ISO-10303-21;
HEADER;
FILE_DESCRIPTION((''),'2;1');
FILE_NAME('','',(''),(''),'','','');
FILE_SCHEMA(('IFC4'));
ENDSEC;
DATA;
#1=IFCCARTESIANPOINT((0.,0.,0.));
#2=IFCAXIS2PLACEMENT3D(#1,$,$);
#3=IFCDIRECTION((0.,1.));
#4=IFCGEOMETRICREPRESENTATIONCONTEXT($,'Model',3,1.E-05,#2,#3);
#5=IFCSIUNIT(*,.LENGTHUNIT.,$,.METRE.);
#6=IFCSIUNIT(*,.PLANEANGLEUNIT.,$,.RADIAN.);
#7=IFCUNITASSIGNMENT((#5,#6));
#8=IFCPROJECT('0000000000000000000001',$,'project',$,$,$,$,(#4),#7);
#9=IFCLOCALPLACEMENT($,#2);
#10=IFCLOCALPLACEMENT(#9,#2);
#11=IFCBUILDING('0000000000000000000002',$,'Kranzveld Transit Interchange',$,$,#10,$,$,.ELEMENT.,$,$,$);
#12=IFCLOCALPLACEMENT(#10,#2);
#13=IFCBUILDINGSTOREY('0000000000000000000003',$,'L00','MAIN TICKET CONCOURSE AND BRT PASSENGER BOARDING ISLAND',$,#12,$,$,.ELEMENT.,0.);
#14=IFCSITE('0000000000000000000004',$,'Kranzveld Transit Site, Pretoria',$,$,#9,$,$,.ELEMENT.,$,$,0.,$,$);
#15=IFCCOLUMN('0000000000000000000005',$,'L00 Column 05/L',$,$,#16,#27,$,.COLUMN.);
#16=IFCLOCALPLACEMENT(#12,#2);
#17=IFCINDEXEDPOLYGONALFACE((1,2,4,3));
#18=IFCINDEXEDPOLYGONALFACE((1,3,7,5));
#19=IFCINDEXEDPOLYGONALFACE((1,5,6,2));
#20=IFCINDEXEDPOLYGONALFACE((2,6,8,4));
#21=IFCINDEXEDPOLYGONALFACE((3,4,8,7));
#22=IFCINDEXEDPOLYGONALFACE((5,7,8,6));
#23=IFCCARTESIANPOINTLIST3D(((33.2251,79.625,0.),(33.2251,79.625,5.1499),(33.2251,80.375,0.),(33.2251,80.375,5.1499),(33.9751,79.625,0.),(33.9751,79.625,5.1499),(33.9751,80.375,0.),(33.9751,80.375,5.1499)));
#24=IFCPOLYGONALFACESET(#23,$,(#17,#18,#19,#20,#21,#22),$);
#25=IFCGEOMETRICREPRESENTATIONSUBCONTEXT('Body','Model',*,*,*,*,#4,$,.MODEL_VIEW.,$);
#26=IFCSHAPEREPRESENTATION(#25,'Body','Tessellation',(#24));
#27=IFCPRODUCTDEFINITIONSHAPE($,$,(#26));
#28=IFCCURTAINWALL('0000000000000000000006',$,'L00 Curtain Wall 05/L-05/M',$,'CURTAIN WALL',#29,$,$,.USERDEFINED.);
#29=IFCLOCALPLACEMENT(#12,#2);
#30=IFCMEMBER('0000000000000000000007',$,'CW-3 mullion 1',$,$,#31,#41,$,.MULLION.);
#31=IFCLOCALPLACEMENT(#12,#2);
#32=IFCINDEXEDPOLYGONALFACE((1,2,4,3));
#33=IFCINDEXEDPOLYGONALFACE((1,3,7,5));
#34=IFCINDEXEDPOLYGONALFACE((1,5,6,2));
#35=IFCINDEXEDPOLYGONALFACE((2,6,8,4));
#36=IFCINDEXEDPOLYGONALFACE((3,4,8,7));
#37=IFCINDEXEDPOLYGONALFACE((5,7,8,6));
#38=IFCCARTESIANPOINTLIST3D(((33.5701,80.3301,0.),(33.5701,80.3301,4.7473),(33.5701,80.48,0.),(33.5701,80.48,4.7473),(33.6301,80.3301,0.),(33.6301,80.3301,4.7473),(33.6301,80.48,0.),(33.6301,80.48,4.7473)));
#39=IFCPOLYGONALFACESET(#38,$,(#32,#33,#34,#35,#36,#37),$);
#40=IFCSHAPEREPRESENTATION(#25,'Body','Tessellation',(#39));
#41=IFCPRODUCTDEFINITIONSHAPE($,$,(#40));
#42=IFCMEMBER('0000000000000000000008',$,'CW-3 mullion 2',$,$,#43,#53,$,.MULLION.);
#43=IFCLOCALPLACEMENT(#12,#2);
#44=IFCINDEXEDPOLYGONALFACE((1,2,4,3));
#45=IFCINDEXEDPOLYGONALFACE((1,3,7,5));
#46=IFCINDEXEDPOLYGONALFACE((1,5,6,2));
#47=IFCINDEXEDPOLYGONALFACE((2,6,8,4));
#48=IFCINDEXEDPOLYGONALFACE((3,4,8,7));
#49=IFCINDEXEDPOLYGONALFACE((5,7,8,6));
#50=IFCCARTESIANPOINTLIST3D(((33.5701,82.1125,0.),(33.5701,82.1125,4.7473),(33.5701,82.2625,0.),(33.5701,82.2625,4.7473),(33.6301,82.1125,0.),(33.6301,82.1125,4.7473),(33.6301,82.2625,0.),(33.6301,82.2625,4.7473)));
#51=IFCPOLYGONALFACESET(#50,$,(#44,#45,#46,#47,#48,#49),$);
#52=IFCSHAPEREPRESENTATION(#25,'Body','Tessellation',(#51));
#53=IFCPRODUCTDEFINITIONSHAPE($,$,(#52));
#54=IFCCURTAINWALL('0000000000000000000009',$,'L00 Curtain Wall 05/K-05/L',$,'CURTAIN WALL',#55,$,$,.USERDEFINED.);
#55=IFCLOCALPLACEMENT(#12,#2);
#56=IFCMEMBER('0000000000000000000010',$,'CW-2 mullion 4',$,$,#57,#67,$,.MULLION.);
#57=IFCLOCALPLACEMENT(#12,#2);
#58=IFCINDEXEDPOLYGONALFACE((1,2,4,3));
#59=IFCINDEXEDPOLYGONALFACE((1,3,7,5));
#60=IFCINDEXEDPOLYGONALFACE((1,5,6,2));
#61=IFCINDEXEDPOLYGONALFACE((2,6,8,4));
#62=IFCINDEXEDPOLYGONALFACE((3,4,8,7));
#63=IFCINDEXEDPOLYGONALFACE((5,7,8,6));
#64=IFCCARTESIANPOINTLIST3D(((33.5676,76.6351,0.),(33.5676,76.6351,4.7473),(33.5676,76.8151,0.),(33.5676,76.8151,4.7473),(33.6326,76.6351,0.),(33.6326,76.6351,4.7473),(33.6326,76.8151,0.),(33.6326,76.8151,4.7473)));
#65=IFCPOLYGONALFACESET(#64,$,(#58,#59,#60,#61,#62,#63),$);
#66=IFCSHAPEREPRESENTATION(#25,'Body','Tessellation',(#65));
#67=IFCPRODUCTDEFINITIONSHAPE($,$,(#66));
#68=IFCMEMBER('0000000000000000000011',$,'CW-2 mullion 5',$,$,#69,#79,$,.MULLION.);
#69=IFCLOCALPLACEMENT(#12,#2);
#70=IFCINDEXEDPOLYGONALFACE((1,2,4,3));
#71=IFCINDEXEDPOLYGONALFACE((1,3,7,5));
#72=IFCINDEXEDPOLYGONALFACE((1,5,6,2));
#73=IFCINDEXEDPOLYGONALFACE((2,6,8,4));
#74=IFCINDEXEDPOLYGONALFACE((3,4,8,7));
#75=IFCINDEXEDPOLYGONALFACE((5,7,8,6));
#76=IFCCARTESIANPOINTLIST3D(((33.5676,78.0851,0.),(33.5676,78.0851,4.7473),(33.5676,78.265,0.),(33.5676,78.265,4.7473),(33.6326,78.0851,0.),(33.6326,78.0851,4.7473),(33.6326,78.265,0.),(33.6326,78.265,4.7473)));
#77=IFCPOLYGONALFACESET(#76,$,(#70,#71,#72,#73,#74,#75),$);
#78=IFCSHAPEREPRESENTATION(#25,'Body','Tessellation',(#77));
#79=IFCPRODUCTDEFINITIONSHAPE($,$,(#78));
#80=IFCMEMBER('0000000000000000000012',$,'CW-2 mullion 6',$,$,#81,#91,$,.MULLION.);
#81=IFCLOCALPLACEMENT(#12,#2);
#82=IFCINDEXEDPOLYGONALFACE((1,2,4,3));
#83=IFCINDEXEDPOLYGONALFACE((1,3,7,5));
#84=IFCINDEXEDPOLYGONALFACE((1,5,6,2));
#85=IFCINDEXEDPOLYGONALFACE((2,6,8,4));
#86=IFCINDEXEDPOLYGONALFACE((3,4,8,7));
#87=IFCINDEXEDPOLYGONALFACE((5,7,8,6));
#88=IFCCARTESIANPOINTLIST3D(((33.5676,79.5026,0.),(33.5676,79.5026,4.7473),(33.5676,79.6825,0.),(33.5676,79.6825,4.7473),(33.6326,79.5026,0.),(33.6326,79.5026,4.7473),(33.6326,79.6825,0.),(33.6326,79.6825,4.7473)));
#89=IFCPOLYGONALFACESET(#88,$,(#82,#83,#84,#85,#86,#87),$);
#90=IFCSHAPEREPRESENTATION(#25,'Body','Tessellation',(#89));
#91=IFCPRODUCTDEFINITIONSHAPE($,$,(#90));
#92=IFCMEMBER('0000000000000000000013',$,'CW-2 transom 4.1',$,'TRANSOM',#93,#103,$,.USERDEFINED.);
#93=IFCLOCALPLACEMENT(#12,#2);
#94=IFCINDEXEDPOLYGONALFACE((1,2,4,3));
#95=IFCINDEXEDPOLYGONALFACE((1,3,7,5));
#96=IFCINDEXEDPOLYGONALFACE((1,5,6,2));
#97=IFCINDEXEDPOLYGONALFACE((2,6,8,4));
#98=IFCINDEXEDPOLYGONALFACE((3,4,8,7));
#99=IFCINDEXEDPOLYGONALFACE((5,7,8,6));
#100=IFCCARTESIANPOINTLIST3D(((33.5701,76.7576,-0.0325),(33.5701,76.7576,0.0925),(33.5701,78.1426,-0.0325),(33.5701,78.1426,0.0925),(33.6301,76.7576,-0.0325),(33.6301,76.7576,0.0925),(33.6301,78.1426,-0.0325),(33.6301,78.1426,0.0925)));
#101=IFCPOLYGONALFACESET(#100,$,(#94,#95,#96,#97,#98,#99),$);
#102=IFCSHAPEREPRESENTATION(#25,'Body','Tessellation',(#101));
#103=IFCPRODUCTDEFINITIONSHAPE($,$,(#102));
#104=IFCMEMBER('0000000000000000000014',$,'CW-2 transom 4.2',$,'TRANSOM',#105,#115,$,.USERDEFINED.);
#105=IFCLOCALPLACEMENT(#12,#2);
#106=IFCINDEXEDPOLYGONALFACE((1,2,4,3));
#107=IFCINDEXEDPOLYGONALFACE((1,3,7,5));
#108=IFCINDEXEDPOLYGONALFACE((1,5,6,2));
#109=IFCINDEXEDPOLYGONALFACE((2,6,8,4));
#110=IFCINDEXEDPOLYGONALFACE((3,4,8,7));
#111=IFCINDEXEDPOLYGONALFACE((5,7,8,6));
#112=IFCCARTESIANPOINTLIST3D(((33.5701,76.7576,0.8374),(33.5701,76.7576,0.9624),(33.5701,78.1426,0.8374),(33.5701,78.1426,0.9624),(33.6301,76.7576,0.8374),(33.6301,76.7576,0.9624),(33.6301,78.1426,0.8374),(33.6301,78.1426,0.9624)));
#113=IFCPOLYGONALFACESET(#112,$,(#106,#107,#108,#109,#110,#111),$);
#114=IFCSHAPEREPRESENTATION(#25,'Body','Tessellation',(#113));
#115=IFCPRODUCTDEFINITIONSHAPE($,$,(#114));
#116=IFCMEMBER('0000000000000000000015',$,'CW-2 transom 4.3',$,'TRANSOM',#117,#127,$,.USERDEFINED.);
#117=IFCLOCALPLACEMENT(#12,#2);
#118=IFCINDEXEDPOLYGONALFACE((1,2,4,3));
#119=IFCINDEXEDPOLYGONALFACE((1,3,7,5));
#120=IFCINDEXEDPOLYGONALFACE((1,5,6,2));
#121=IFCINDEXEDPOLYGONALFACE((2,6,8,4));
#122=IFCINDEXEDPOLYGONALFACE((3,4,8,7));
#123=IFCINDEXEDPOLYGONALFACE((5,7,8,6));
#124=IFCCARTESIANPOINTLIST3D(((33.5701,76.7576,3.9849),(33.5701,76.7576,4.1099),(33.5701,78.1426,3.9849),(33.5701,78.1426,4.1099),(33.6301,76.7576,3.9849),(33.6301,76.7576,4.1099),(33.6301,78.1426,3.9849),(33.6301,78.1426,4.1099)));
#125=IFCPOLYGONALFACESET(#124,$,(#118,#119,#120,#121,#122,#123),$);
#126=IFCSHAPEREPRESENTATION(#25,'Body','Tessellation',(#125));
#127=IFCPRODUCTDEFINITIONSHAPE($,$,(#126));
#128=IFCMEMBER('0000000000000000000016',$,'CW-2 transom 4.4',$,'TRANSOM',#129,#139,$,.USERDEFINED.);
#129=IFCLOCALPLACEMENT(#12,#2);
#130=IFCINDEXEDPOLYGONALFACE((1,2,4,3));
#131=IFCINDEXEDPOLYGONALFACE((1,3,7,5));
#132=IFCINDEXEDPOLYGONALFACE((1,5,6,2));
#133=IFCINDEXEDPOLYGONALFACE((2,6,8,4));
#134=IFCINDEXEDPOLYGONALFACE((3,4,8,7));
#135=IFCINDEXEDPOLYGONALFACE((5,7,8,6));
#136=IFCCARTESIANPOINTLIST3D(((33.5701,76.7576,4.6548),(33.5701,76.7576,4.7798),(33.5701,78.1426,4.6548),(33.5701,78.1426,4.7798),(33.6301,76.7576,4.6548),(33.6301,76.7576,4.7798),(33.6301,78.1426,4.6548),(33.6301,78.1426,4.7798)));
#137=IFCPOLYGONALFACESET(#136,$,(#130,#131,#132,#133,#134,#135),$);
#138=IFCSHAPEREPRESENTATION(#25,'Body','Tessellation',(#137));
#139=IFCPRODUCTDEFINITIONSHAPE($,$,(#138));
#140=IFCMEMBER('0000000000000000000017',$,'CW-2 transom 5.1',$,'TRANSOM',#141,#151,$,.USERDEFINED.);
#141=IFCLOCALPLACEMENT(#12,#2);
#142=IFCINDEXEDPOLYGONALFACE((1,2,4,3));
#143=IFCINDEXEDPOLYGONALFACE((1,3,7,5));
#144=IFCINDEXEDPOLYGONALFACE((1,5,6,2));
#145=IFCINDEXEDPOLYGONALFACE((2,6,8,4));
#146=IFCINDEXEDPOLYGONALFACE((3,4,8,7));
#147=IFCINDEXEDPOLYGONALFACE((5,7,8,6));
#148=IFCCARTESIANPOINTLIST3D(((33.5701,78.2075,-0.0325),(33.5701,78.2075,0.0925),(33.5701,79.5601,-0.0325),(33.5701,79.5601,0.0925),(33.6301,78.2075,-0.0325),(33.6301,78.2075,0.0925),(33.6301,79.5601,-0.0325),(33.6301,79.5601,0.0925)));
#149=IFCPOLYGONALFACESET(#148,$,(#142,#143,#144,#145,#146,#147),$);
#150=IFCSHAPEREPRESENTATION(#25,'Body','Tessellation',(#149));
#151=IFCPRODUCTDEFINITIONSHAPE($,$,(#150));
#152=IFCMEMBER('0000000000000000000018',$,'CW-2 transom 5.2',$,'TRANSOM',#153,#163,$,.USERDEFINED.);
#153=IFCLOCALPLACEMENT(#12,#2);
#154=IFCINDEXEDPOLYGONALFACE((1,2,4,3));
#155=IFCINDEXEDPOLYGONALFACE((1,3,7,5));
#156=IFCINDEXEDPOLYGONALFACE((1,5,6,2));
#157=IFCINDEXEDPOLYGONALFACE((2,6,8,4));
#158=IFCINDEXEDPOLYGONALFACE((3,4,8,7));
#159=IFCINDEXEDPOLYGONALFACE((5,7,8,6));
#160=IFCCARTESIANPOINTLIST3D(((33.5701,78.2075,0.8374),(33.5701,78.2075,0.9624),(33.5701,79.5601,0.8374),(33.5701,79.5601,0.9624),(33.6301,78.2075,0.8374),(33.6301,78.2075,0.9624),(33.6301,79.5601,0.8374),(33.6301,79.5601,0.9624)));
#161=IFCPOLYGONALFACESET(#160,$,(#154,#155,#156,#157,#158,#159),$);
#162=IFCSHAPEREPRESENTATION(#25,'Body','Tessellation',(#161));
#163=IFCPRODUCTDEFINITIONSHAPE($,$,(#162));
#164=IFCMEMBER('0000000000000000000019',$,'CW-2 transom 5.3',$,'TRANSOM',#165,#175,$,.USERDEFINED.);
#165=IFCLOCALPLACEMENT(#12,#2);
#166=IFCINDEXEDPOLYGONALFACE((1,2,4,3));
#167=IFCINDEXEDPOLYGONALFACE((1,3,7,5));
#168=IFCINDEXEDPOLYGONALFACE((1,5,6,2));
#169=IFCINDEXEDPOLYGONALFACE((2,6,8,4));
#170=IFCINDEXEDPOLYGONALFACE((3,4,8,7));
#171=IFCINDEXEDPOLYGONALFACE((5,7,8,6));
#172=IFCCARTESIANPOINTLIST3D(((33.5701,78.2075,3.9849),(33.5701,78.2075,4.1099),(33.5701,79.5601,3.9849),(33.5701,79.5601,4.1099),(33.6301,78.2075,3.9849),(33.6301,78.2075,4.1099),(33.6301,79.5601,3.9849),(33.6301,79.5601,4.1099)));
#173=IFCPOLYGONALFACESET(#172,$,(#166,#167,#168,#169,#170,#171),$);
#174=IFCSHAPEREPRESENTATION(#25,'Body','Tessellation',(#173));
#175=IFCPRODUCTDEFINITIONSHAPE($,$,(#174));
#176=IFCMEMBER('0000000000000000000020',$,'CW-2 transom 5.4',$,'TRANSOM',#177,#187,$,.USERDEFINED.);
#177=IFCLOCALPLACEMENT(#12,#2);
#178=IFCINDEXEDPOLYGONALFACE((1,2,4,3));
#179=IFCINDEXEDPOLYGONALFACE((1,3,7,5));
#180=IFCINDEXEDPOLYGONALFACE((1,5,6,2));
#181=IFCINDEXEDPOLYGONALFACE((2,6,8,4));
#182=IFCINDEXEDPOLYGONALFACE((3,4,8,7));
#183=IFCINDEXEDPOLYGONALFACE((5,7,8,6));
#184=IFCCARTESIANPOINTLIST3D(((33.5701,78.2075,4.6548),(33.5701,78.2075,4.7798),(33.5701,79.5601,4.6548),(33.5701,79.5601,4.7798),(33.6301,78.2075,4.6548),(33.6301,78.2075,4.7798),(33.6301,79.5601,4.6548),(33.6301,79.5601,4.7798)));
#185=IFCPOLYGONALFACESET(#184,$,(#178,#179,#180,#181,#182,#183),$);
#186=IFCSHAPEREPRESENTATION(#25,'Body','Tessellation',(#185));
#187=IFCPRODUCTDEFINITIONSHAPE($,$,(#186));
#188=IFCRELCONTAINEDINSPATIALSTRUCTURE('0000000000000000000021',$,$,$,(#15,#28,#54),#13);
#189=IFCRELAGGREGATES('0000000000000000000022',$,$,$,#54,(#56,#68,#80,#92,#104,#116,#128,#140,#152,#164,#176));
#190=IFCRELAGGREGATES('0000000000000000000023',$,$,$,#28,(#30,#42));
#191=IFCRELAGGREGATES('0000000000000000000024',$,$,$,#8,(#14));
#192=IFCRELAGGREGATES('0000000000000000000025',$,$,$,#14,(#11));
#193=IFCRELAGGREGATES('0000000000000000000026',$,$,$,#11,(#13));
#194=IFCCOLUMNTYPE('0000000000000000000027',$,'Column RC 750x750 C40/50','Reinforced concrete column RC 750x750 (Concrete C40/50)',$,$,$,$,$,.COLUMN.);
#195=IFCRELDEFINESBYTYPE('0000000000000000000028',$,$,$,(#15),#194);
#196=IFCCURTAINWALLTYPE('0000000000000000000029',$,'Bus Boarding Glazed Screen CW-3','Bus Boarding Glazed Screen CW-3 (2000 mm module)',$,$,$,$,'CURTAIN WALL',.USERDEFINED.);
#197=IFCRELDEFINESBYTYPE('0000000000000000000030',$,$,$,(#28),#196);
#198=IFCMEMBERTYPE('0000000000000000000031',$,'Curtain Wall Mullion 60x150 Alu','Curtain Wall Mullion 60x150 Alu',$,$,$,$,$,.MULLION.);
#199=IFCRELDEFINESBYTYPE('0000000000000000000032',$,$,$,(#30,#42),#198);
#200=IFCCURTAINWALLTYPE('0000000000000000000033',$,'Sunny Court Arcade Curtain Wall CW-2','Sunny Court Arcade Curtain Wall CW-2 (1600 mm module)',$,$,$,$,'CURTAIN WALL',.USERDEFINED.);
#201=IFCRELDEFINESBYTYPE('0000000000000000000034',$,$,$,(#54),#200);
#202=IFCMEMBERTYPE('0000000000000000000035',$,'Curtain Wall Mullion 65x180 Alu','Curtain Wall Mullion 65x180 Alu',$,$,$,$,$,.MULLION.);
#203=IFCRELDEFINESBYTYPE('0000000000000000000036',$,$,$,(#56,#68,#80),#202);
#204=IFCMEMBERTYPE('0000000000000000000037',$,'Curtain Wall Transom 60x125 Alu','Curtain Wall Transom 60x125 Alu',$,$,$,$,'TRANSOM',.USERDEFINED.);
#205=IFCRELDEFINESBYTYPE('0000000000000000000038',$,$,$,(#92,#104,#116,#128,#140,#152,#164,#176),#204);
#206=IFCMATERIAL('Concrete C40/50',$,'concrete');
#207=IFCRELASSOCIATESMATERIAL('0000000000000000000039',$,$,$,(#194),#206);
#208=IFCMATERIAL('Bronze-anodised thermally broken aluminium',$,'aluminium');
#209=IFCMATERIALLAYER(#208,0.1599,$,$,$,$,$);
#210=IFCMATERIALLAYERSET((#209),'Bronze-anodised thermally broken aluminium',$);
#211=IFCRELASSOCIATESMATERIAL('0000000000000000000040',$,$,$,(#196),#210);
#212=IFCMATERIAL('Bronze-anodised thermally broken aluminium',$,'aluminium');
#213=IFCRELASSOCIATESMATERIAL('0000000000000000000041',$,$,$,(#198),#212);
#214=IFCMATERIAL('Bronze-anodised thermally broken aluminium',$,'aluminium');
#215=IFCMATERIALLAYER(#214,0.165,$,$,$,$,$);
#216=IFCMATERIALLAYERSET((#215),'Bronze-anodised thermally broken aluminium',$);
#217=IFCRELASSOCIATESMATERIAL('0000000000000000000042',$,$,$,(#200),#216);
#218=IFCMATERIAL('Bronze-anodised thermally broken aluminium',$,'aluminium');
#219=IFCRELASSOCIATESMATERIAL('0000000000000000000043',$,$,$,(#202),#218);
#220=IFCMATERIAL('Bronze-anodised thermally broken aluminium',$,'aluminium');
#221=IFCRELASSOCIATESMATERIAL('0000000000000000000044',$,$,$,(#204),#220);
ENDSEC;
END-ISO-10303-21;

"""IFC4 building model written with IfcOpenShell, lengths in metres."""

from ifc_helpers import new_model, si_unit, direction, frame, origin, origin_2d, place, context, subcontext, project, spatial, rectangle, extrude, material, layer, layer_set, material_profile, profile_set, type_object, element, aggregate, save


model = new_model("IFC4")

# Units and contexts
model_context = context("Model", 3, precision=1e-05, world=origin(), true_north=direction((0.0, 1.0)))
body_context = subcontext(model_context, "Body", "Model", "MODEL_VIEW")
ifc_project = project(units=[si_unit("LENGTHUNIT", "METRE"), si_unit("PLANEANGLEUNIT", "RADIAN")], contexts=[model_context])

# Site, building, storey
site_placement = place(None, origin())
site = spatial("IfcSite", under=ifc_project, at=site_placement, Name="Kranzveld Transit Site, Pretoria", CompositionType="ELEMENT", RefElevation=0.0)
building_placement = place(site_placement, origin())
building = spatial("IfcBuilding", under=site, at=building_placement, Name="Kranzveld Transit Interchange", CompositionType="ELEMENT")
storey_placement = place(building_placement, origin())
storey = spatial("IfcBuildingStorey", under=building, at=storey_placement, Name="L00", Description="MAIN TICKET CONCOURSE AND BRT PASSENGER BOARDING ISLAND", CompositionType="ELEMENT", Elevation=0.0)

# Column
ifc_material_1 = material(Name="Concrete C40/50", Category="concrete")
ifc_material_profile_1 = material_profile(ifc_material_1, rectangle(XDim=0.75, YDim=0.75, at=origin_2d()), Name="RC 750x750")
ifc_profile_set_1 = profile_set([ifc_material_profile_1], Name="Concrete C40/50")
column_type = type_object("IfcColumnType", Name="Column RC 750x750 C40/50", Description="Reinforced concrete column RC 750x750 (Concrete C40/50)", PredefinedType="COLUMN", material=ifc_profile_set_1)
column_placement = place(storey_placement, frame((33.6001, 80.0, 0.0), z_axis=(0.0, 0.0, 1.0), x_axis=(1.0, 0.0, 0.0)))
element("IfcColumn", 1, at=column_placement, inside=storey, type_object=column_type, Name="L00 Column 05/L", PredefinedType="COLUMN", context=body_context, shape_type="SweptSolid", body=[
    extrude(rectangle(XDim=0.75, YDim=0.75, at=origin_2d()), origin(), (0.0, 0.0, 1.0), 5.1499),
])

# Curtain walls, members
ifc_material_2 = material(Name="Bronze-anodised thermally broken aluminium", Category="aluminium")
ifc_layer_1 = layer(ifc_material_2, 0.1599)
ifc_layer_set_1 = layer_set([ifc_layer_1], Name="Bronze-anodised thermally broken aluminium")
curtain_wall_type_1 = type_object("IfcCurtainWallType", Name="Bus Boarding Glazed Screen CW-3", Description="Bus Boarding Glazed Screen CW-3 (2000 mm module)", ElementType="CURTAIN WALL", PredefinedType="USERDEFINED", material=ifc_layer_set_1)
curtain_wall_1_placement = place(storey_placement, origin())
curtain_wall_1 = element("IfcCurtainWall", 2, at=curtain_wall_1_placement, inside=storey, type_object=curtain_wall_type_1, Name="L00 Curtain Wall 05/L-05/M", ObjectType="CURTAIN WALL", PredefinedType="USERDEFINED")
ifc_material_3 = material(Name="Bronze-anodised thermally broken aluminium", Category="aluminium")
ifc_material_profile_2 = material_profile(ifc_material_3, rectangle(XDim=0.0601, YDim=0.1499, at=origin_2d()), Name="ALU MULLION 60x150")
ifc_profile_set_2 = profile_set([ifc_material_profile_2], Name="Bronze-anodised thermally broken aluminium")
member_type_1 = type_object("IfcMemberType", Name="Curtain Wall Mullion 60x150 Alu", Description="Curtain Wall Mullion 60x150 Alu", PredefinedType="MULLION", material=ifc_profile_set_2)
member_1_placement = place(storey_placement, frame((33.6001, 80.405, 0.0), z_axis=(0.0, 0.0, 1.0), x_axis=(-1.0, 0.0, 0.0)))
member_1 = element("IfcMember", 3, at=member_1_placement, type_object=member_type_1, Name="CW-3 mullion 1", PredefinedType="MULLION", context=body_context, shape_type="SweptSolid", body=[
    extrude(rectangle(XDim=0.0601, YDim=0.1499, at=origin_2d()), origin(), (0.0, 0.0, 1.0), 4.7473),
])
member_2_placement = place(storey_placement, frame((33.6001, 82.1875, 0.0), z_axis=(0.0, 0.0, 1.0), x_axis=(-1.0, 0.0, 0.0)))
member_2 = element("IfcMember", 4, at=member_2_placement, type_object=member_type_1, Name="CW-3 mullion 2", PredefinedType="MULLION", context=body_context, shape_type="SweptSolid", body=[
    extrude(rectangle(XDim=0.0601, YDim=0.1499, at=origin_2d()), origin(), (0.0, 0.0, 1.0), 4.7473),
])
ifc_material_4 = material(Name="Bronze-anodised thermally broken aluminium", Category="aluminium")
ifc_layer_2 = layer(ifc_material_4, 0.165)
ifc_layer_set_2 = layer_set([ifc_layer_2], Name="Bronze-anodised thermally broken aluminium")
curtain_wall_type_2 = type_object("IfcCurtainWallType", Name="Sunny Court Arcade Curtain Wall CW-2", Description="Sunny Court Arcade Curtain Wall CW-2 (1600 mm module)", ElementType="CURTAIN WALL", PredefinedType="USERDEFINED", material=ifc_layer_set_2)
curtain_wall_2_placement = place(storey_placement, origin())
curtain_wall_2 = element("IfcCurtainWall", 5, at=curtain_wall_2_placement, inside=storey, type_object=curtain_wall_type_2, Name="L00 Curtain Wall 05/K-05/L", ObjectType="CURTAIN WALL", PredefinedType="USERDEFINED")
ifc_material_5 = material(Name="Bronze-anodised thermally broken aluminium", Category="aluminium")
ifc_material_profile_3 = material_profile(ifc_material_5, rectangle(XDim=0.0649, YDim=0.1799, at=origin_2d()), Name="ALU MULLION 65x180")
ifc_profile_set_3 = profile_set([ifc_material_profile_3], Name="Bronze-anodised thermally broken aluminium")
member_type_2 = type_object("IfcMemberType", Name="Curtain Wall Mullion 65x180 Alu", Description="Curtain Wall Mullion 65x180 Alu", PredefinedType="MULLION", material=ifc_profile_set_3)
member_3_placement = place(storey_placement, frame((33.6001, 76.7251, 0.0), z_axis=(0.0, 0.0, 1.0), x_axis=(-1.0, 0.0, 0.0)))
member_3 = element("IfcMember", 6, at=member_3_placement, type_object=member_type_2, Name="CW-2 mullion 4", PredefinedType="MULLION", context=body_context, shape_type="SweptSolid", body=[
    extrude(rectangle(XDim=0.0649, YDim=0.1799, at=origin_2d()), origin(), (0.0, 0.0, 1.0), 4.7473),
])
member_4_placement = place(storey_placement, frame((33.6001, 78.175, 0.0), z_axis=(0.0, 0.0, 1.0), x_axis=(-1.0, 0.0, 0.0)))
member_4 = element("IfcMember", 7, at=member_4_placement, type_object=member_type_2, Name="CW-2 mullion 5", PredefinedType="MULLION", context=body_context, shape_type="SweptSolid", body=[
    extrude(rectangle(XDim=0.0649, YDim=0.1799, at=origin_2d()), origin(), (0.0, 0.0, 1.0), 4.7473),
])
member_5_placement = place(storey_placement, frame((33.6001, 79.5925, 0.0), z_axis=(0.0, 0.0, 1.0), x_axis=(-1.0, 0.0, 0.0)))
member_5 = element("IfcMember", 8, at=member_5_placement, type_object=member_type_2, Name="CW-2 mullion 6", PredefinedType="MULLION", context=body_context, shape_type="SweptSolid", body=[
    extrude(rectangle(XDim=0.0649, YDim=0.1799, at=origin_2d()), origin(), (0.0, 0.0, 1.0), 4.7473),
])
ifc_material_6 = material(Name="Bronze-anodised thermally broken aluminium", Category="aluminium")
ifc_material_profile_4 = material_profile(ifc_material_6, rectangle(XDim=0.0601, YDim=0.125, at=origin_2d()), Name="ALU TRANSOM 60x125")
ifc_profile_set_4 = profile_set([ifc_material_profile_4], Name="Bronze-anodised thermally broken aluminium")
member_type_3 = type_object("IfcMemberType", Name="Curtain Wall Transom 60x125 Alu", Description="Curtain Wall Transom 60x125 Alu", ElementType="TRANSOM", PredefinedType="USERDEFINED", material=ifc_profile_set_4)
member_6_placement = place(storey_placement, frame((33.6001, 76.7576, 0.03), z_axis=(0.0, 1.0, 0.0), x_axis=(-1.0, 0.0, 0.0)))
member_6 = element("IfcMember", 9, at=member_6_placement, type_object=member_type_3, Name="CW-2 transom 4.1", ObjectType="TRANSOM", PredefinedType="USERDEFINED", context=body_context, shape_type="SweptSolid", body=[
    extrude(rectangle(XDim=0.0601, YDim=0.125, at=origin_2d()), origin(), (0.0, 0.0, 1.0), 1.385),
])
member_7_placement = place(storey_placement, frame((33.6001, 76.7576, 0.8999), z_axis=(0.0, 1.0, 0.0), x_axis=(-1.0, 0.0, 0.0)))
member_7 = element("IfcMember", 10, at=member_7_placement, type_object=member_type_3, Name="CW-2 transom 4.2", ObjectType="TRANSOM", PredefinedType="USERDEFINED", context=body_context, shape_type="SweptSolid", body=[
    extrude(rectangle(XDim=0.0601, YDim=0.125, at=origin_2d()), origin(), (0.0, 0.0, 1.0), 1.385),
])
member_8_placement = place(storey_placement, frame((33.6001, 76.7576, 4.0474), z_axis=(0.0, 1.0, 0.0), x_axis=(-1.0, 0.0, 0.0)))
member_8 = element("IfcMember", 11, at=member_8_placement, type_object=member_type_3, Name="CW-2 transom 4.3", ObjectType="TRANSOM", PredefinedType="USERDEFINED", context=body_context, shape_type="SweptSolid", body=[
    extrude(rectangle(XDim=0.0601, YDim=0.125, at=origin_2d()), origin(), (0.0, 0.0, 1.0), 1.385),
])
member_9_placement = place(storey_placement, frame((33.6001, 76.7576, 4.7173), z_axis=(0.0, 1.0, 0.0), x_axis=(-1.0, 0.0, 0.0)))
member_9 = element("IfcMember", 12, at=member_9_placement, type_object=member_type_3, Name="CW-2 transom 4.4", ObjectType="TRANSOM", PredefinedType="USERDEFINED", context=body_context, shape_type="SweptSolid", body=[
    extrude(rectangle(XDim=0.0601, YDim=0.125, at=origin_2d()), origin(), (0.0, 0.0, 1.0), 1.385),
])
member_10_placement = place(storey_placement, frame((33.6001, 78.2075, 0.03), z_axis=(0.0, 1.0, 0.0), x_axis=(-1.0, 0.0, 0.0)))
member_10 = element("IfcMember", 13, at=member_10_placement, type_object=member_type_3, Name="CW-2 transom 5.1", ObjectType="TRANSOM", PredefinedType="USERDEFINED", context=body_context, shape_type="SweptSolid", body=[
    extrude(rectangle(XDim=0.0601, YDim=0.125, at=origin_2d()), origin(), (0.0, 0.0, 1.0), 1.3525),
])
member_11_placement = place(storey_placement, frame((33.6001, 78.2075, 0.8999), z_axis=(0.0, 1.0, 0.0), x_axis=(-1.0, 0.0, 0.0)))
member_11 = element("IfcMember", 14, at=member_11_placement, type_object=member_type_3, Name="CW-2 transom 5.2", ObjectType="TRANSOM", PredefinedType="USERDEFINED", context=body_context, shape_type="SweptSolid", body=[
    extrude(rectangle(XDim=0.0601, YDim=0.125, at=origin_2d()), origin(), (0.0, 0.0, 1.0), 1.3525),
])
member_12_placement = place(storey_placement, frame((33.6001, 78.2075, 4.0474), z_axis=(0.0, 1.0, 0.0), x_axis=(-1.0, 0.0, 0.0)))
member_12 = element("IfcMember", 15, at=member_12_placement, type_object=member_type_3, Name="CW-2 transom 5.3", ObjectType="TRANSOM", PredefinedType="USERDEFINED", context=body_context, shape_type="SweptSolid", body=[
    extrude(rectangle(XDim=0.0601, YDim=0.125, at=origin_2d()), origin(), (0.0, 0.0, 1.0), 1.3525),
])
member_13_placement = place(storey_placement, frame((33.6001, 78.2075, 4.7173), z_axis=(0.0, 1.0, 0.0), x_axis=(-1.0, 0.0, 0.0)))
member_13 = element("IfcMember", 16, at=member_13_placement, type_object=member_type_3, Name="CW-2 transom 5.4", ObjectType="TRANSOM", PredefinedType="USERDEFINED", context=body_context, shape_type="SweptSolid", body=[
    extrude(rectangle(XDim=0.0601, YDim=0.125, at=origin_2d()), origin(), (0.0, 0.0, 1.0), 1.3525),
])

aggregate(curtain_wall_2, [member_3, member_4, member_5, member_6, member_7, member_8, member_9, member_10, member_11, member_12, member_13])
aggregate(curtain_wall_1, [member_1, member_2])

save(model, "model.ifc")
